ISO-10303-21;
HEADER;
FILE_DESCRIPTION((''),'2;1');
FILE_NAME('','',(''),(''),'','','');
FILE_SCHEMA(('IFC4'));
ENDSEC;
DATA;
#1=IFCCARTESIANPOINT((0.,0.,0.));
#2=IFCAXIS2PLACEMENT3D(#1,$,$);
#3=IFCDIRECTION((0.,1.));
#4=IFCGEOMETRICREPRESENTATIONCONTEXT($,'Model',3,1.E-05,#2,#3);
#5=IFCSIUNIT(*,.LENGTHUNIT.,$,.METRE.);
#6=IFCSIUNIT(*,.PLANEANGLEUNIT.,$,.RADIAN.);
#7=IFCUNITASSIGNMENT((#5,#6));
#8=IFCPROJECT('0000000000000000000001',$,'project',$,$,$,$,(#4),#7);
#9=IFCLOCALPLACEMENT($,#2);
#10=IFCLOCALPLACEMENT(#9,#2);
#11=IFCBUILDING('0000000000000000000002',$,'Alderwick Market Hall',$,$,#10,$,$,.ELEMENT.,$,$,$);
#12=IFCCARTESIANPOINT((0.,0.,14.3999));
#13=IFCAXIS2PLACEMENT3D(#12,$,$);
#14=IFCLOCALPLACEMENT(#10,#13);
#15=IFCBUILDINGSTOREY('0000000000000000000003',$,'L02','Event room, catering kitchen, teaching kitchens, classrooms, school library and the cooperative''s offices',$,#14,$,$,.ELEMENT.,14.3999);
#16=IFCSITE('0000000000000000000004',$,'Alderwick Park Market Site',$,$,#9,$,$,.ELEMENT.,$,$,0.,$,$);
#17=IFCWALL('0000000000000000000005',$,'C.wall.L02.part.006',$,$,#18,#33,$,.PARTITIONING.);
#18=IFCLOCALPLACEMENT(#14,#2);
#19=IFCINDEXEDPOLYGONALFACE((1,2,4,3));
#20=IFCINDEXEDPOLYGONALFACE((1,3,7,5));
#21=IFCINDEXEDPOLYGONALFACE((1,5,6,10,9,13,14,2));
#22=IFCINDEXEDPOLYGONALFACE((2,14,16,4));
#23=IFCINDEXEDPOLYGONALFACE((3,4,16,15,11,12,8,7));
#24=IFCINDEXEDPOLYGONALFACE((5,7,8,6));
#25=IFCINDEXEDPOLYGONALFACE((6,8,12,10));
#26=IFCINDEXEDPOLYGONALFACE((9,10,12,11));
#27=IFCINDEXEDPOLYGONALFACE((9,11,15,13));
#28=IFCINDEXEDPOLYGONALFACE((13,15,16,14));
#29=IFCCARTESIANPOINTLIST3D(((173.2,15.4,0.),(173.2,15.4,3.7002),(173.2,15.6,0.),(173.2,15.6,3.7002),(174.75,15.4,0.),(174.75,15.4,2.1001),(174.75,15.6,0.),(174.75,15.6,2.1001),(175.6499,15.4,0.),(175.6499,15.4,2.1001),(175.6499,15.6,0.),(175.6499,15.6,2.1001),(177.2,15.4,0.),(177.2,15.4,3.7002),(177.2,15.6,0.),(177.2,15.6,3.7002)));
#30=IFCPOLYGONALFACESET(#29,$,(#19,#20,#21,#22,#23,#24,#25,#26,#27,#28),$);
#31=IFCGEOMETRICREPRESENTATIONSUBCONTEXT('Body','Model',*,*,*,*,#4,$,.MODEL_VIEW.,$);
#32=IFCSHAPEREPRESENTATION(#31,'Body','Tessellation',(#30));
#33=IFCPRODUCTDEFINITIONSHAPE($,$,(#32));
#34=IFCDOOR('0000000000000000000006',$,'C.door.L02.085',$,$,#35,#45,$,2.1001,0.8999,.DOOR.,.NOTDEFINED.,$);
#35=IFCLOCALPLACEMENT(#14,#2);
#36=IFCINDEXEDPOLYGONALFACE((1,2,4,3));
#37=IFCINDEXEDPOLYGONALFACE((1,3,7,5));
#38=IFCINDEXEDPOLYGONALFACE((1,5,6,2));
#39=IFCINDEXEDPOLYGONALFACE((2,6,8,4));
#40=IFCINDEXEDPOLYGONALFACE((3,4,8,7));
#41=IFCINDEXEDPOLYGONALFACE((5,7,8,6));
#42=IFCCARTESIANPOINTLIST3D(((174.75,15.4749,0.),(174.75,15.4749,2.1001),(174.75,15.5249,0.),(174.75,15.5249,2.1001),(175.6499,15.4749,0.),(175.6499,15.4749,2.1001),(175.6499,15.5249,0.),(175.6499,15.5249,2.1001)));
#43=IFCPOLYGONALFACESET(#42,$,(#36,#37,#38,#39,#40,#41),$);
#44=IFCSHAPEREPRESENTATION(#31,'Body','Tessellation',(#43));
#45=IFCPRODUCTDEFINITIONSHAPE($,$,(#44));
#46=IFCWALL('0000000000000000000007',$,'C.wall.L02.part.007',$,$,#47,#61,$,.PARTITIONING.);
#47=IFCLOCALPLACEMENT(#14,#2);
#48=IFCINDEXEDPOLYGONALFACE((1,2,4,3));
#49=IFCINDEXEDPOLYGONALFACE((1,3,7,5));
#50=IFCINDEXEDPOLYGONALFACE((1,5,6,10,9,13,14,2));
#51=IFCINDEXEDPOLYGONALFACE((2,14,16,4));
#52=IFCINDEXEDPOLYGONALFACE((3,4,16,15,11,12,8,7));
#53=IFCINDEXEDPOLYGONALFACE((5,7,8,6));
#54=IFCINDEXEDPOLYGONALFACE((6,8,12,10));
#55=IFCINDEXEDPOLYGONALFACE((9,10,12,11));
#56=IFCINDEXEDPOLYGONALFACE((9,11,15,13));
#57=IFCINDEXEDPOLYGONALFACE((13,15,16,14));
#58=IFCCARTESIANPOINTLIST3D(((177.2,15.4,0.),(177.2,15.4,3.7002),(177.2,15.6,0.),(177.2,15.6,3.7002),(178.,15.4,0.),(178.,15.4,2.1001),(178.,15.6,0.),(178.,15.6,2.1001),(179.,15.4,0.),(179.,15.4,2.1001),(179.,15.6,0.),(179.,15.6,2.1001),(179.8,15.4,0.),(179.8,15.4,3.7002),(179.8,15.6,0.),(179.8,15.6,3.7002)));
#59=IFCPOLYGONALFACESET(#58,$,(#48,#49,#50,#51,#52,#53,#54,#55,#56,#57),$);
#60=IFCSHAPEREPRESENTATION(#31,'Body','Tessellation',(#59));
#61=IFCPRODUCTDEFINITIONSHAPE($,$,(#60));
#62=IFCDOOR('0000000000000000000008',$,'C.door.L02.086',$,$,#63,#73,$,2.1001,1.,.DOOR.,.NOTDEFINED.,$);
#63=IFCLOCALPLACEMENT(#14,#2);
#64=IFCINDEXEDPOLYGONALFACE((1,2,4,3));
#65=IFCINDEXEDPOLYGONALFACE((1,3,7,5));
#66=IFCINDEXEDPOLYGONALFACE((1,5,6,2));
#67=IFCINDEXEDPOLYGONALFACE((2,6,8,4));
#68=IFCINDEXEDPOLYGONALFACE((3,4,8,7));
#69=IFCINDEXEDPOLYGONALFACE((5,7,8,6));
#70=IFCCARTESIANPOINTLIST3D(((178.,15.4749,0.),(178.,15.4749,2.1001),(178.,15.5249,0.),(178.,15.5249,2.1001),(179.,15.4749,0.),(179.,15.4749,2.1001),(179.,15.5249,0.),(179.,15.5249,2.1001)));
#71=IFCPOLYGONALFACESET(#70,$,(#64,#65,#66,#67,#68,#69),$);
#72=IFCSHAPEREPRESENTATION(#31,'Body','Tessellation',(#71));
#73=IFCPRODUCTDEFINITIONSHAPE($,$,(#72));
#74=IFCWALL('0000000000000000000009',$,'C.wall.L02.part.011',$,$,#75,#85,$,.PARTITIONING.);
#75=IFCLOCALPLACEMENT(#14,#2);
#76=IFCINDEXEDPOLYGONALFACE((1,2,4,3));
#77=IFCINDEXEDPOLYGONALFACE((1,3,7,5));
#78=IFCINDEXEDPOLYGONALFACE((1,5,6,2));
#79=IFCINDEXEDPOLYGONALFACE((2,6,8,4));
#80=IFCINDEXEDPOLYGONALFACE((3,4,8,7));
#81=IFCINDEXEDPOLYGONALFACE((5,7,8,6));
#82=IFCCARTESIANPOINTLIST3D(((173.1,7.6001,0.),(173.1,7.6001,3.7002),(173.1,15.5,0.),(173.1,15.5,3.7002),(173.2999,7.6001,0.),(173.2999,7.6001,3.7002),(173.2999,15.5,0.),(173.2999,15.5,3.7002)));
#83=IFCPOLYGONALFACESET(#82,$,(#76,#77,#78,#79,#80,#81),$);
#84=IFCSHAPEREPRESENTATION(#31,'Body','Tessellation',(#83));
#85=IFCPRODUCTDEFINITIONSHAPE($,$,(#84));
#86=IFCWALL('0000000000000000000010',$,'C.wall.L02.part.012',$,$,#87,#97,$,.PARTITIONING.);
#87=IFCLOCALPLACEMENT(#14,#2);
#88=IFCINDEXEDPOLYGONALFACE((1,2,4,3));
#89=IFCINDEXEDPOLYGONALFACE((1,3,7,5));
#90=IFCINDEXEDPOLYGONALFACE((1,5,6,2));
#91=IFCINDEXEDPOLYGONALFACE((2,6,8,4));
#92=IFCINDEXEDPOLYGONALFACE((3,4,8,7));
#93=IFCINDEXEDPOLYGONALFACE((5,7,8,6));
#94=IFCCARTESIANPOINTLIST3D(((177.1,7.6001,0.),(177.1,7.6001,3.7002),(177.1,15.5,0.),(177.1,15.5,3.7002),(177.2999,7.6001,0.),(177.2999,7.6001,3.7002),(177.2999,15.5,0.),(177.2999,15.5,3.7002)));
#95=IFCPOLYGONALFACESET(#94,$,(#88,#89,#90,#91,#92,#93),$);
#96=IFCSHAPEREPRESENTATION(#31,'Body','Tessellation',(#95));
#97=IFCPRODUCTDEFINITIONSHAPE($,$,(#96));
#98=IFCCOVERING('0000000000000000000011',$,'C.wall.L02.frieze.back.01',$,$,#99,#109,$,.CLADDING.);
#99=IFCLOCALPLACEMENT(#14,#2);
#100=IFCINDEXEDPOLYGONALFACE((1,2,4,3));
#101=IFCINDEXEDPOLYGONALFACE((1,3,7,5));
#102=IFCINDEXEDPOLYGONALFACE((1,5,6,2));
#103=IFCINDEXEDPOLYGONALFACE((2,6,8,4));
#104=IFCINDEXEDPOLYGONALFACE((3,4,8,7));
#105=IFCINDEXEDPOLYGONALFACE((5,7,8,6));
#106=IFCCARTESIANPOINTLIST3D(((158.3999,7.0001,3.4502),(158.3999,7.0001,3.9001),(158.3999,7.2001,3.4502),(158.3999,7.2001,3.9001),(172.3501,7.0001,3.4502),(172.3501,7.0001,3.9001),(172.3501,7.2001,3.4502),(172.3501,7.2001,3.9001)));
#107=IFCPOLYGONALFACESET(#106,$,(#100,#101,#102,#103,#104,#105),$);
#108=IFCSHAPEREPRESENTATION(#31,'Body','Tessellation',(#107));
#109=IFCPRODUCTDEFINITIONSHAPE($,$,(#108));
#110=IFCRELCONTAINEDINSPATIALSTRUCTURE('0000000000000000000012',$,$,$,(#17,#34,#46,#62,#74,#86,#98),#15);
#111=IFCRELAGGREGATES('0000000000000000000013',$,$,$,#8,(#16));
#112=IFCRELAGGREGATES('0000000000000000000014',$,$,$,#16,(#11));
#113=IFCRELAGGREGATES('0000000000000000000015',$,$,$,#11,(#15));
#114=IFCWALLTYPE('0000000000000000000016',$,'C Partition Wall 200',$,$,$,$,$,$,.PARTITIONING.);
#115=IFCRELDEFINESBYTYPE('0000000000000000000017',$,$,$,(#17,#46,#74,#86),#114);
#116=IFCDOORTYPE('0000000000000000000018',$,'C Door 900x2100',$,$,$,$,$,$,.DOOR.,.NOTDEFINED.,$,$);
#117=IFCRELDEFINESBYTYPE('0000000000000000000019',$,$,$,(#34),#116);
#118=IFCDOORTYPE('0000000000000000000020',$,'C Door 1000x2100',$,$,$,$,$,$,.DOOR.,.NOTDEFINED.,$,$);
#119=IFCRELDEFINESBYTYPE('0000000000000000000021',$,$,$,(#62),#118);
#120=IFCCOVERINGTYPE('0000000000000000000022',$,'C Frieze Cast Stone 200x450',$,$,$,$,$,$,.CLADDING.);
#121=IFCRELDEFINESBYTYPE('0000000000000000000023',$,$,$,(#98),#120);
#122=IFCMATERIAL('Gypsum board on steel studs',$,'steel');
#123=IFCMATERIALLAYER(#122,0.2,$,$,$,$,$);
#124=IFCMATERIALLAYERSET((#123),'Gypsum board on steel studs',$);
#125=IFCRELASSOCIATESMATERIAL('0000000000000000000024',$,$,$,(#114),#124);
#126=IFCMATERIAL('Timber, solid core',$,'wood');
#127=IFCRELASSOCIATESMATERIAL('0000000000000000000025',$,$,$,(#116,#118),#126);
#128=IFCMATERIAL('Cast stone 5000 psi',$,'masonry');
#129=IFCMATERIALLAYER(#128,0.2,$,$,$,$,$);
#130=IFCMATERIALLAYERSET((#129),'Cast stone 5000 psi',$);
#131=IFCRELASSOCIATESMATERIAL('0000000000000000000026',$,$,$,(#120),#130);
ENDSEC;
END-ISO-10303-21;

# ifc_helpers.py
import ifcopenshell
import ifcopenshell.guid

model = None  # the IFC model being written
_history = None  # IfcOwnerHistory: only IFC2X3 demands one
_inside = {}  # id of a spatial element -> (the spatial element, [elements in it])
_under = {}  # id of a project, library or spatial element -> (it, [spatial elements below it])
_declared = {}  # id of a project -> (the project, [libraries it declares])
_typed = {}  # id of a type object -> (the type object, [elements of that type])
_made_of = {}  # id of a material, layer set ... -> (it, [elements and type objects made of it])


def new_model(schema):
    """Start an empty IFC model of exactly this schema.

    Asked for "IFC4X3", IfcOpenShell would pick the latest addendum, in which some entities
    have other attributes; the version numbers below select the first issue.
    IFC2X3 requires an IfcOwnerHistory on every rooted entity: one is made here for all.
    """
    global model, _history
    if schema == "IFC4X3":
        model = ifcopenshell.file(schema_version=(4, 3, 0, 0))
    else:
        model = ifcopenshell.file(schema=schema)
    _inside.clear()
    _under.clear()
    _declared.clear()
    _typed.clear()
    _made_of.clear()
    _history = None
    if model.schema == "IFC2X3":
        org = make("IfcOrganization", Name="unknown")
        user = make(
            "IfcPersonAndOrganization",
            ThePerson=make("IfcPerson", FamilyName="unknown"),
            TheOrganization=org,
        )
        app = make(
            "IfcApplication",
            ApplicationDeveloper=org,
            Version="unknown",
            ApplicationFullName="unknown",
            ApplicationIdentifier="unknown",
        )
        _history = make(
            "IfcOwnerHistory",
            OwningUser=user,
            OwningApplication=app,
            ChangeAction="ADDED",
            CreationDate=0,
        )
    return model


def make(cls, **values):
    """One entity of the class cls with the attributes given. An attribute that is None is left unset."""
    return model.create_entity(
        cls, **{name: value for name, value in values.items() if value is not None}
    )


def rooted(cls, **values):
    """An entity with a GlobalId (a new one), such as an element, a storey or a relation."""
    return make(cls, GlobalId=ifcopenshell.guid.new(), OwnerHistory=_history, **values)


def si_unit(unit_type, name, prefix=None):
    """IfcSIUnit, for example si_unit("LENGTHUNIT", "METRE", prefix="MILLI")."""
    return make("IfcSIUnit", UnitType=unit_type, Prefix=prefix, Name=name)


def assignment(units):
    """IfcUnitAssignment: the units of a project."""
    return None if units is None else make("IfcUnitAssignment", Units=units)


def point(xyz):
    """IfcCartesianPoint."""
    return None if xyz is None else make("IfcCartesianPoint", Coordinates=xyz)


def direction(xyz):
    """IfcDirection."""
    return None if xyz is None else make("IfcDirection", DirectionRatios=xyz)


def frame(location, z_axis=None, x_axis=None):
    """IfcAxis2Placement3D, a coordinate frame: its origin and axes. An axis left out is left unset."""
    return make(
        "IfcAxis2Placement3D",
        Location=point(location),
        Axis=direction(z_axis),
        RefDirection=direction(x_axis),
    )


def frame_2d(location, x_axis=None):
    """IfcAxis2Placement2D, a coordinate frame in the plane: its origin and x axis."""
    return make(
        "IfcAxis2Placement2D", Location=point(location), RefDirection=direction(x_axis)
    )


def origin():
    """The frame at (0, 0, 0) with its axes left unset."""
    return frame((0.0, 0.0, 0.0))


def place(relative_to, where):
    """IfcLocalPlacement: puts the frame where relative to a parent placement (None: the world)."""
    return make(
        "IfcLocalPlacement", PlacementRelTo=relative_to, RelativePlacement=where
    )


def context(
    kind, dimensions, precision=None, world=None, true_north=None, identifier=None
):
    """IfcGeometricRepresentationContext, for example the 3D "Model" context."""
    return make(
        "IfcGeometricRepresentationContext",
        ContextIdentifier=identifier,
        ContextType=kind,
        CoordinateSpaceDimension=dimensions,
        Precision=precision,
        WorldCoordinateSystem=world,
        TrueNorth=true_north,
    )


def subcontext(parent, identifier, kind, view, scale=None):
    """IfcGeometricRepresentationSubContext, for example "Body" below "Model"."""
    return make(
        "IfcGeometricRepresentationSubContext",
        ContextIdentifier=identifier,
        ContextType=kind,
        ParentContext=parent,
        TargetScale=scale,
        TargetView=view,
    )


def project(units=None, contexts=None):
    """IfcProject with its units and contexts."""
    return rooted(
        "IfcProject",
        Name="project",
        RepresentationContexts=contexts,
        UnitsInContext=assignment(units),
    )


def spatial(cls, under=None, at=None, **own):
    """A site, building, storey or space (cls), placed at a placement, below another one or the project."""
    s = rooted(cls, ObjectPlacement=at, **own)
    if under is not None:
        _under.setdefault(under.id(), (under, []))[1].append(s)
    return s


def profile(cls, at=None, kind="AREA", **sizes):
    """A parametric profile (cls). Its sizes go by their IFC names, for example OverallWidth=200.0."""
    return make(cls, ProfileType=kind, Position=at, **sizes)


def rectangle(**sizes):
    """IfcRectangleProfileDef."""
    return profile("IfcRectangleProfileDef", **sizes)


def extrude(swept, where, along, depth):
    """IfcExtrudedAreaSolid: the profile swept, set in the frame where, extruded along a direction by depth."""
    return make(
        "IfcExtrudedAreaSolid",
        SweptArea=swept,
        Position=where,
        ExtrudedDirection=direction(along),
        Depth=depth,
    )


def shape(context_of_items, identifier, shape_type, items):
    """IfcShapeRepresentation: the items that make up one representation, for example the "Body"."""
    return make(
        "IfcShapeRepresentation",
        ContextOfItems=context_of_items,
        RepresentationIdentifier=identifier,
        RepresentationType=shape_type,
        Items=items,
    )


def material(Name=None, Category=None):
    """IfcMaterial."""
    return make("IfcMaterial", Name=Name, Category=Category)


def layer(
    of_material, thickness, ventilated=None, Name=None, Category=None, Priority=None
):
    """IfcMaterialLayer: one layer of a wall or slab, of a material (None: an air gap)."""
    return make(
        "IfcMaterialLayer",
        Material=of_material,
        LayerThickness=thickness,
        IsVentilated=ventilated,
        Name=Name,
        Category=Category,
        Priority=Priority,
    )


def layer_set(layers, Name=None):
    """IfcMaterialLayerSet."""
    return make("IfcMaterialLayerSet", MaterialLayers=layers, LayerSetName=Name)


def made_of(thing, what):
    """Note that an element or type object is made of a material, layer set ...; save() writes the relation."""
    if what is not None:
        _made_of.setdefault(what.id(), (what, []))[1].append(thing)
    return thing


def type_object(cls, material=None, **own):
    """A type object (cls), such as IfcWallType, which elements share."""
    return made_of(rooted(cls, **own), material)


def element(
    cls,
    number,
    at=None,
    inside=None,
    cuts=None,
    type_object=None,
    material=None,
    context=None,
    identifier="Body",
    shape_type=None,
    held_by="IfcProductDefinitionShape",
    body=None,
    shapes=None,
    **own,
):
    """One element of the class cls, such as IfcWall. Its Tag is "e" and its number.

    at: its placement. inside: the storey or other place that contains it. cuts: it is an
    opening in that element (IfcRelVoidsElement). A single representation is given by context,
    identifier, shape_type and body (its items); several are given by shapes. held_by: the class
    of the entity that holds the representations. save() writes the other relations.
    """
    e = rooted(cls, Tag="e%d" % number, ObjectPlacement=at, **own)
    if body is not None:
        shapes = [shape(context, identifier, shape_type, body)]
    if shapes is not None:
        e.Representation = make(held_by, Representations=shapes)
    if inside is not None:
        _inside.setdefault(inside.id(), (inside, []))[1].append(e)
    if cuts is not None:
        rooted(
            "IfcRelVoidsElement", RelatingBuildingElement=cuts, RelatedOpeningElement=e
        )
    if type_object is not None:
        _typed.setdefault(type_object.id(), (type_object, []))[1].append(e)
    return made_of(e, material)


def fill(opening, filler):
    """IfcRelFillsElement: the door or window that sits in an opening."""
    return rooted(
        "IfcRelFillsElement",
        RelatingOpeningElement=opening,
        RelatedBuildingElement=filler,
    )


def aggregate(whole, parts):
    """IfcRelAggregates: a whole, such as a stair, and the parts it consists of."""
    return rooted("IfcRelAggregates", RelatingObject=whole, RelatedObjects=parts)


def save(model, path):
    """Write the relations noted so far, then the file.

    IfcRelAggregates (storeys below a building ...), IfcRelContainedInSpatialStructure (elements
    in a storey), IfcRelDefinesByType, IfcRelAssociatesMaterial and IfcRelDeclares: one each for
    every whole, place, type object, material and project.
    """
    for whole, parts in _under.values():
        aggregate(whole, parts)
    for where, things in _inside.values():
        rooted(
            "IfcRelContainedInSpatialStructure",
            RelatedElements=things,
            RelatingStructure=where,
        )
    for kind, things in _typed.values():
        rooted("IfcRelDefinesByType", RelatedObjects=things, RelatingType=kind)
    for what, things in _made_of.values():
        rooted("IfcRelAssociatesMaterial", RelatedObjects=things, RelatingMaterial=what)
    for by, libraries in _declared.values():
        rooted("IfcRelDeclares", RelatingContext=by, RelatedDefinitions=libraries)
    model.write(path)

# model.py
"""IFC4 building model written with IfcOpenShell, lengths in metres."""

from ifc_helpers import new_model, si_unit, direction, frame, frame_2d, origin, place, context, subcontext, project, spatial, rectangle, extrude, material, layer, layer_set, type_object, element, fill, save


model = new_model("IFC4")

# Units and contexts
model_context = context("Model", 3, precision=1e-05, world=origin(), true_north=direction((0.0, 1.0)))
body_context = subcontext(model_context, "Body", "Model", "MODEL_VIEW")
ifc_project = project(units=[si_unit("LENGTHUNIT", "METRE"), si_unit("PLANEANGLEUNIT", "RADIAN")], contexts=[model_context])

# Site, building, storey
site_placement = place(None, origin())
site = spatial("IfcSite", under=ifc_project, at=site_placement, Name="Alderwick Park Market Site", CompositionType="ELEMENT", RefElevation=0.0)
building_placement = place(site_placement, origin())
building = spatial("IfcBuilding", under=site, at=building_placement, Name="Alderwick Market Hall", CompositionType="ELEMENT")
storey_placement = place(building_placement, frame((0.0, 0.0, 14.3999)))
storey = spatial("IfcBuildingStorey", under=building, at=storey_placement, Name="L02", Description="Event room, catering kitchen, teaching kitchens, classrooms, school library and the cooperative's offices", CompositionType="ELEMENT", Elevation=14.3999)

# Walls, openings, doors
ifc_material_1 = material(Name="Gypsum board on steel studs", Category="steel")
ifc_layer_1 = layer(ifc_material_1, 0.2)
ifc_layer_set_1 = layer_set([ifc_layer_1], Name="Gypsum board on steel studs")
wall_type_1 = type_object("IfcWallType", Name="C Partition Wall 200", PredefinedType="PARTITIONING", material=ifc_layer_set_1)
ifc_material_2 = material(Name="Timber, solid core", Category="wood")
door_type_1 = type_object("IfcDoorType", Name="C Door 900x2100", OperationType="NOTDEFINED", PredefinedType="DOOR", material=ifc_material_2)
wall_1_placement = place(storey_placement, frame((173.2, 15.5, 0.0), z_axis=(0.0, 0.0, 1.0), x_axis=(1.0, 0.0, 0.0)))
wall_1 = element("IfcWall", 1, at=wall_1_placement, inside=storey, type_object=wall_type_1, Name="C.wall.L02.part.006", PredefinedType="PARTITIONING", context=body_context, shape_type="SweptSolid", body=[
    extrude(rectangle(XDim=4.0, YDim=0.2, at=frame_2d((2.0, 0.0))), origin(), (0.0, 0.0, 1.0), 3.7002),
])
opening_1_placement = place(wall_1_placement, frame((1.55, 0.0, 0.0)))
opening_1 = element("IfcOpeningElement", 2, at=opening_1_placement, cuts=wall_1, PredefinedType="OPENING", context=body_context, shape_type="SweptSolid", body=[
    extrude(rectangle(XDim=0.8999, YDim=2.1001, at=frame_2d((0.45, 1.05))), frame((0.0, 0.1099, 0.0), z_axis=(0.0, -1.0, 0.0), x_axis=(1.0, 0.0, 0.0)), (0.0, 0.0, 1.0), 0.22),
])
door_1_placement = place(opening_1_placement, origin())
door_1 = element("IfcDoor", 3, at=door_1_placement, inside=storey, type_object=door_type_1, Name="C.door.L02.085", OperationType="NOTDEFINED", OverallHeight=2.1001, OverallWidth=0.8999, PredefinedType="DOOR", context=body_context, shape_type="SweptSolid", body=[
    extrude(rectangle(XDim=0.8999, YDim=2.1001, at=frame_2d((0.45, 1.05))), frame((0.0, 0.0249, 0.0), z_axis=(0.0, -1.0, 0.0), x_axis=(1.0, 0.0, 0.0)), (0.0, 0.0, 1.0), 0.05),
])
fill(opening_1, door_1)
wall_2_placement = place(storey_placement, frame((177.2, 15.5, 0.0), z_axis=(0.0, 0.0, 1.0), x_axis=(1.0, 0.0, 0.0)))
wall_2 = element("IfcWall", 4, at=wall_2_placement, inside=storey, type_object=wall_type_1, Name="C.wall.L02.part.007", PredefinedType="PARTITIONING", context=body_context, shape_type="SweptSolid", body=[
    extrude(rectangle(XDim=2.6001, YDim=0.2, at=frame_2d((1.3, 0.0))), origin(), (0.0, 0.0, 1.0), 3.7002),
])
opening_2_placement = place(wall_2_placement, frame((0.8, 0.0, 0.0)))
opening_2 = element("IfcOpeningElement", 5, at=opening_2_placement, cuts=wall_2, PredefinedType="OPENING", context=body_context, shape_type="SweptSolid", body=[
    extrude(rectangle(XDim=1.0, YDim=2.1001, at=frame_2d((0.5, 1.05))), frame((0.0, 0.1099, 0.0), z_axis=(0.0, -1.0, 0.0), x_axis=(1.0, 0.0, 0.0)), (0.0, 0.0, 1.0), 0.22),
])
door_type_2 = type_object("IfcDoorType", Name="C Door 1000x2100", OperationType="NOTDEFINED", PredefinedType="DOOR", material=ifc_material_2)
door_2_placement = place(opening_2_placement, origin())
door_2 = element("IfcDoor", 6, at=door_2_placement, inside=storey, type_object=door_type_2, Name="C.door.L02.086", OperationType="NOTDEFINED", OverallHeight=2.1001, OverallWidth=1.0, PredefinedType="DOOR", context=body_context, shape_type="SweptSolid", body=[
    extrude(rectangle(XDim=1.0, YDim=2.1001, at=frame_2d((0.5, 1.05))), frame((0.0, 0.0249, 0.0), z_axis=(0.0, -1.0, 0.0), x_axis=(1.0, 0.0, 0.0)), (0.0, 0.0, 1.0), 0.05),
])
fill(opening_2, door_2)

# Walls
for number, where, z_axis, x_axis, name in (
    (7, (173.2, 15.5, 0.0), (0.0, 0.0, 1.0), (0.0, -1.0, 0.0), "C.wall.L02.part.011"),
    (8, (177.2, 15.5, 0.0), (0.0, 0.0, 1.0), (0.0, -1.0, 0.0), "C.wall.L02.part.012"),
):
    element("IfcWall", number, at=place(storey_placement, frame(where, z_axis=z_axis, x_axis=x_axis)), inside=storey, type_object=wall_type_1, Name=name, PredefinedType="PARTITIONING", context=body_context, shape_type="SweptSolid", body=[
        extrude(rectangle(XDim=7.8999, YDim=0.2, at=frame_2d((3.95, 0.0))), origin(), (0.0, 0.0, 1.0), 3.7002),
    ])

# Covering
ifc_material_3 = material(Name="Cast stone 5000 psi", Category="masonry")
ifc_layer_2 = layer(ifc_material_3, 0.2)
ifc_layer_set_2 = layer_set([ifc_layer_2], Name="Cast stone 5000 psi")
covering_type = type_object("IfcCoveringType", Name="C Frieze Cast Stone 200x450", PredefinedType="CLADDING", material=ifc_layer_set_2)
covering_placement = place(storey_placement, frame((172.3501, 7.1001, 3.4502), z_axis=(0.0, 0.0, 1.0), x_axis=(-1.0, 0.0, 0.0)))
element("IfcCovering", 9, at=covering_placement, inside=storey, type_object=covering_type, Name="C.wall.L02.frieze.back.01", PredefinedType="CLADDING", context=body_context, shape_type="SweptSolid", body=[
    extrude(rectangle(XDim=13.9502, YDim=0.2, at=frame_2d((6.9751, 0.0))), origin(), (0.0, 0.0, 1.0), 0.45),
])

save(model, "model.ifc")
